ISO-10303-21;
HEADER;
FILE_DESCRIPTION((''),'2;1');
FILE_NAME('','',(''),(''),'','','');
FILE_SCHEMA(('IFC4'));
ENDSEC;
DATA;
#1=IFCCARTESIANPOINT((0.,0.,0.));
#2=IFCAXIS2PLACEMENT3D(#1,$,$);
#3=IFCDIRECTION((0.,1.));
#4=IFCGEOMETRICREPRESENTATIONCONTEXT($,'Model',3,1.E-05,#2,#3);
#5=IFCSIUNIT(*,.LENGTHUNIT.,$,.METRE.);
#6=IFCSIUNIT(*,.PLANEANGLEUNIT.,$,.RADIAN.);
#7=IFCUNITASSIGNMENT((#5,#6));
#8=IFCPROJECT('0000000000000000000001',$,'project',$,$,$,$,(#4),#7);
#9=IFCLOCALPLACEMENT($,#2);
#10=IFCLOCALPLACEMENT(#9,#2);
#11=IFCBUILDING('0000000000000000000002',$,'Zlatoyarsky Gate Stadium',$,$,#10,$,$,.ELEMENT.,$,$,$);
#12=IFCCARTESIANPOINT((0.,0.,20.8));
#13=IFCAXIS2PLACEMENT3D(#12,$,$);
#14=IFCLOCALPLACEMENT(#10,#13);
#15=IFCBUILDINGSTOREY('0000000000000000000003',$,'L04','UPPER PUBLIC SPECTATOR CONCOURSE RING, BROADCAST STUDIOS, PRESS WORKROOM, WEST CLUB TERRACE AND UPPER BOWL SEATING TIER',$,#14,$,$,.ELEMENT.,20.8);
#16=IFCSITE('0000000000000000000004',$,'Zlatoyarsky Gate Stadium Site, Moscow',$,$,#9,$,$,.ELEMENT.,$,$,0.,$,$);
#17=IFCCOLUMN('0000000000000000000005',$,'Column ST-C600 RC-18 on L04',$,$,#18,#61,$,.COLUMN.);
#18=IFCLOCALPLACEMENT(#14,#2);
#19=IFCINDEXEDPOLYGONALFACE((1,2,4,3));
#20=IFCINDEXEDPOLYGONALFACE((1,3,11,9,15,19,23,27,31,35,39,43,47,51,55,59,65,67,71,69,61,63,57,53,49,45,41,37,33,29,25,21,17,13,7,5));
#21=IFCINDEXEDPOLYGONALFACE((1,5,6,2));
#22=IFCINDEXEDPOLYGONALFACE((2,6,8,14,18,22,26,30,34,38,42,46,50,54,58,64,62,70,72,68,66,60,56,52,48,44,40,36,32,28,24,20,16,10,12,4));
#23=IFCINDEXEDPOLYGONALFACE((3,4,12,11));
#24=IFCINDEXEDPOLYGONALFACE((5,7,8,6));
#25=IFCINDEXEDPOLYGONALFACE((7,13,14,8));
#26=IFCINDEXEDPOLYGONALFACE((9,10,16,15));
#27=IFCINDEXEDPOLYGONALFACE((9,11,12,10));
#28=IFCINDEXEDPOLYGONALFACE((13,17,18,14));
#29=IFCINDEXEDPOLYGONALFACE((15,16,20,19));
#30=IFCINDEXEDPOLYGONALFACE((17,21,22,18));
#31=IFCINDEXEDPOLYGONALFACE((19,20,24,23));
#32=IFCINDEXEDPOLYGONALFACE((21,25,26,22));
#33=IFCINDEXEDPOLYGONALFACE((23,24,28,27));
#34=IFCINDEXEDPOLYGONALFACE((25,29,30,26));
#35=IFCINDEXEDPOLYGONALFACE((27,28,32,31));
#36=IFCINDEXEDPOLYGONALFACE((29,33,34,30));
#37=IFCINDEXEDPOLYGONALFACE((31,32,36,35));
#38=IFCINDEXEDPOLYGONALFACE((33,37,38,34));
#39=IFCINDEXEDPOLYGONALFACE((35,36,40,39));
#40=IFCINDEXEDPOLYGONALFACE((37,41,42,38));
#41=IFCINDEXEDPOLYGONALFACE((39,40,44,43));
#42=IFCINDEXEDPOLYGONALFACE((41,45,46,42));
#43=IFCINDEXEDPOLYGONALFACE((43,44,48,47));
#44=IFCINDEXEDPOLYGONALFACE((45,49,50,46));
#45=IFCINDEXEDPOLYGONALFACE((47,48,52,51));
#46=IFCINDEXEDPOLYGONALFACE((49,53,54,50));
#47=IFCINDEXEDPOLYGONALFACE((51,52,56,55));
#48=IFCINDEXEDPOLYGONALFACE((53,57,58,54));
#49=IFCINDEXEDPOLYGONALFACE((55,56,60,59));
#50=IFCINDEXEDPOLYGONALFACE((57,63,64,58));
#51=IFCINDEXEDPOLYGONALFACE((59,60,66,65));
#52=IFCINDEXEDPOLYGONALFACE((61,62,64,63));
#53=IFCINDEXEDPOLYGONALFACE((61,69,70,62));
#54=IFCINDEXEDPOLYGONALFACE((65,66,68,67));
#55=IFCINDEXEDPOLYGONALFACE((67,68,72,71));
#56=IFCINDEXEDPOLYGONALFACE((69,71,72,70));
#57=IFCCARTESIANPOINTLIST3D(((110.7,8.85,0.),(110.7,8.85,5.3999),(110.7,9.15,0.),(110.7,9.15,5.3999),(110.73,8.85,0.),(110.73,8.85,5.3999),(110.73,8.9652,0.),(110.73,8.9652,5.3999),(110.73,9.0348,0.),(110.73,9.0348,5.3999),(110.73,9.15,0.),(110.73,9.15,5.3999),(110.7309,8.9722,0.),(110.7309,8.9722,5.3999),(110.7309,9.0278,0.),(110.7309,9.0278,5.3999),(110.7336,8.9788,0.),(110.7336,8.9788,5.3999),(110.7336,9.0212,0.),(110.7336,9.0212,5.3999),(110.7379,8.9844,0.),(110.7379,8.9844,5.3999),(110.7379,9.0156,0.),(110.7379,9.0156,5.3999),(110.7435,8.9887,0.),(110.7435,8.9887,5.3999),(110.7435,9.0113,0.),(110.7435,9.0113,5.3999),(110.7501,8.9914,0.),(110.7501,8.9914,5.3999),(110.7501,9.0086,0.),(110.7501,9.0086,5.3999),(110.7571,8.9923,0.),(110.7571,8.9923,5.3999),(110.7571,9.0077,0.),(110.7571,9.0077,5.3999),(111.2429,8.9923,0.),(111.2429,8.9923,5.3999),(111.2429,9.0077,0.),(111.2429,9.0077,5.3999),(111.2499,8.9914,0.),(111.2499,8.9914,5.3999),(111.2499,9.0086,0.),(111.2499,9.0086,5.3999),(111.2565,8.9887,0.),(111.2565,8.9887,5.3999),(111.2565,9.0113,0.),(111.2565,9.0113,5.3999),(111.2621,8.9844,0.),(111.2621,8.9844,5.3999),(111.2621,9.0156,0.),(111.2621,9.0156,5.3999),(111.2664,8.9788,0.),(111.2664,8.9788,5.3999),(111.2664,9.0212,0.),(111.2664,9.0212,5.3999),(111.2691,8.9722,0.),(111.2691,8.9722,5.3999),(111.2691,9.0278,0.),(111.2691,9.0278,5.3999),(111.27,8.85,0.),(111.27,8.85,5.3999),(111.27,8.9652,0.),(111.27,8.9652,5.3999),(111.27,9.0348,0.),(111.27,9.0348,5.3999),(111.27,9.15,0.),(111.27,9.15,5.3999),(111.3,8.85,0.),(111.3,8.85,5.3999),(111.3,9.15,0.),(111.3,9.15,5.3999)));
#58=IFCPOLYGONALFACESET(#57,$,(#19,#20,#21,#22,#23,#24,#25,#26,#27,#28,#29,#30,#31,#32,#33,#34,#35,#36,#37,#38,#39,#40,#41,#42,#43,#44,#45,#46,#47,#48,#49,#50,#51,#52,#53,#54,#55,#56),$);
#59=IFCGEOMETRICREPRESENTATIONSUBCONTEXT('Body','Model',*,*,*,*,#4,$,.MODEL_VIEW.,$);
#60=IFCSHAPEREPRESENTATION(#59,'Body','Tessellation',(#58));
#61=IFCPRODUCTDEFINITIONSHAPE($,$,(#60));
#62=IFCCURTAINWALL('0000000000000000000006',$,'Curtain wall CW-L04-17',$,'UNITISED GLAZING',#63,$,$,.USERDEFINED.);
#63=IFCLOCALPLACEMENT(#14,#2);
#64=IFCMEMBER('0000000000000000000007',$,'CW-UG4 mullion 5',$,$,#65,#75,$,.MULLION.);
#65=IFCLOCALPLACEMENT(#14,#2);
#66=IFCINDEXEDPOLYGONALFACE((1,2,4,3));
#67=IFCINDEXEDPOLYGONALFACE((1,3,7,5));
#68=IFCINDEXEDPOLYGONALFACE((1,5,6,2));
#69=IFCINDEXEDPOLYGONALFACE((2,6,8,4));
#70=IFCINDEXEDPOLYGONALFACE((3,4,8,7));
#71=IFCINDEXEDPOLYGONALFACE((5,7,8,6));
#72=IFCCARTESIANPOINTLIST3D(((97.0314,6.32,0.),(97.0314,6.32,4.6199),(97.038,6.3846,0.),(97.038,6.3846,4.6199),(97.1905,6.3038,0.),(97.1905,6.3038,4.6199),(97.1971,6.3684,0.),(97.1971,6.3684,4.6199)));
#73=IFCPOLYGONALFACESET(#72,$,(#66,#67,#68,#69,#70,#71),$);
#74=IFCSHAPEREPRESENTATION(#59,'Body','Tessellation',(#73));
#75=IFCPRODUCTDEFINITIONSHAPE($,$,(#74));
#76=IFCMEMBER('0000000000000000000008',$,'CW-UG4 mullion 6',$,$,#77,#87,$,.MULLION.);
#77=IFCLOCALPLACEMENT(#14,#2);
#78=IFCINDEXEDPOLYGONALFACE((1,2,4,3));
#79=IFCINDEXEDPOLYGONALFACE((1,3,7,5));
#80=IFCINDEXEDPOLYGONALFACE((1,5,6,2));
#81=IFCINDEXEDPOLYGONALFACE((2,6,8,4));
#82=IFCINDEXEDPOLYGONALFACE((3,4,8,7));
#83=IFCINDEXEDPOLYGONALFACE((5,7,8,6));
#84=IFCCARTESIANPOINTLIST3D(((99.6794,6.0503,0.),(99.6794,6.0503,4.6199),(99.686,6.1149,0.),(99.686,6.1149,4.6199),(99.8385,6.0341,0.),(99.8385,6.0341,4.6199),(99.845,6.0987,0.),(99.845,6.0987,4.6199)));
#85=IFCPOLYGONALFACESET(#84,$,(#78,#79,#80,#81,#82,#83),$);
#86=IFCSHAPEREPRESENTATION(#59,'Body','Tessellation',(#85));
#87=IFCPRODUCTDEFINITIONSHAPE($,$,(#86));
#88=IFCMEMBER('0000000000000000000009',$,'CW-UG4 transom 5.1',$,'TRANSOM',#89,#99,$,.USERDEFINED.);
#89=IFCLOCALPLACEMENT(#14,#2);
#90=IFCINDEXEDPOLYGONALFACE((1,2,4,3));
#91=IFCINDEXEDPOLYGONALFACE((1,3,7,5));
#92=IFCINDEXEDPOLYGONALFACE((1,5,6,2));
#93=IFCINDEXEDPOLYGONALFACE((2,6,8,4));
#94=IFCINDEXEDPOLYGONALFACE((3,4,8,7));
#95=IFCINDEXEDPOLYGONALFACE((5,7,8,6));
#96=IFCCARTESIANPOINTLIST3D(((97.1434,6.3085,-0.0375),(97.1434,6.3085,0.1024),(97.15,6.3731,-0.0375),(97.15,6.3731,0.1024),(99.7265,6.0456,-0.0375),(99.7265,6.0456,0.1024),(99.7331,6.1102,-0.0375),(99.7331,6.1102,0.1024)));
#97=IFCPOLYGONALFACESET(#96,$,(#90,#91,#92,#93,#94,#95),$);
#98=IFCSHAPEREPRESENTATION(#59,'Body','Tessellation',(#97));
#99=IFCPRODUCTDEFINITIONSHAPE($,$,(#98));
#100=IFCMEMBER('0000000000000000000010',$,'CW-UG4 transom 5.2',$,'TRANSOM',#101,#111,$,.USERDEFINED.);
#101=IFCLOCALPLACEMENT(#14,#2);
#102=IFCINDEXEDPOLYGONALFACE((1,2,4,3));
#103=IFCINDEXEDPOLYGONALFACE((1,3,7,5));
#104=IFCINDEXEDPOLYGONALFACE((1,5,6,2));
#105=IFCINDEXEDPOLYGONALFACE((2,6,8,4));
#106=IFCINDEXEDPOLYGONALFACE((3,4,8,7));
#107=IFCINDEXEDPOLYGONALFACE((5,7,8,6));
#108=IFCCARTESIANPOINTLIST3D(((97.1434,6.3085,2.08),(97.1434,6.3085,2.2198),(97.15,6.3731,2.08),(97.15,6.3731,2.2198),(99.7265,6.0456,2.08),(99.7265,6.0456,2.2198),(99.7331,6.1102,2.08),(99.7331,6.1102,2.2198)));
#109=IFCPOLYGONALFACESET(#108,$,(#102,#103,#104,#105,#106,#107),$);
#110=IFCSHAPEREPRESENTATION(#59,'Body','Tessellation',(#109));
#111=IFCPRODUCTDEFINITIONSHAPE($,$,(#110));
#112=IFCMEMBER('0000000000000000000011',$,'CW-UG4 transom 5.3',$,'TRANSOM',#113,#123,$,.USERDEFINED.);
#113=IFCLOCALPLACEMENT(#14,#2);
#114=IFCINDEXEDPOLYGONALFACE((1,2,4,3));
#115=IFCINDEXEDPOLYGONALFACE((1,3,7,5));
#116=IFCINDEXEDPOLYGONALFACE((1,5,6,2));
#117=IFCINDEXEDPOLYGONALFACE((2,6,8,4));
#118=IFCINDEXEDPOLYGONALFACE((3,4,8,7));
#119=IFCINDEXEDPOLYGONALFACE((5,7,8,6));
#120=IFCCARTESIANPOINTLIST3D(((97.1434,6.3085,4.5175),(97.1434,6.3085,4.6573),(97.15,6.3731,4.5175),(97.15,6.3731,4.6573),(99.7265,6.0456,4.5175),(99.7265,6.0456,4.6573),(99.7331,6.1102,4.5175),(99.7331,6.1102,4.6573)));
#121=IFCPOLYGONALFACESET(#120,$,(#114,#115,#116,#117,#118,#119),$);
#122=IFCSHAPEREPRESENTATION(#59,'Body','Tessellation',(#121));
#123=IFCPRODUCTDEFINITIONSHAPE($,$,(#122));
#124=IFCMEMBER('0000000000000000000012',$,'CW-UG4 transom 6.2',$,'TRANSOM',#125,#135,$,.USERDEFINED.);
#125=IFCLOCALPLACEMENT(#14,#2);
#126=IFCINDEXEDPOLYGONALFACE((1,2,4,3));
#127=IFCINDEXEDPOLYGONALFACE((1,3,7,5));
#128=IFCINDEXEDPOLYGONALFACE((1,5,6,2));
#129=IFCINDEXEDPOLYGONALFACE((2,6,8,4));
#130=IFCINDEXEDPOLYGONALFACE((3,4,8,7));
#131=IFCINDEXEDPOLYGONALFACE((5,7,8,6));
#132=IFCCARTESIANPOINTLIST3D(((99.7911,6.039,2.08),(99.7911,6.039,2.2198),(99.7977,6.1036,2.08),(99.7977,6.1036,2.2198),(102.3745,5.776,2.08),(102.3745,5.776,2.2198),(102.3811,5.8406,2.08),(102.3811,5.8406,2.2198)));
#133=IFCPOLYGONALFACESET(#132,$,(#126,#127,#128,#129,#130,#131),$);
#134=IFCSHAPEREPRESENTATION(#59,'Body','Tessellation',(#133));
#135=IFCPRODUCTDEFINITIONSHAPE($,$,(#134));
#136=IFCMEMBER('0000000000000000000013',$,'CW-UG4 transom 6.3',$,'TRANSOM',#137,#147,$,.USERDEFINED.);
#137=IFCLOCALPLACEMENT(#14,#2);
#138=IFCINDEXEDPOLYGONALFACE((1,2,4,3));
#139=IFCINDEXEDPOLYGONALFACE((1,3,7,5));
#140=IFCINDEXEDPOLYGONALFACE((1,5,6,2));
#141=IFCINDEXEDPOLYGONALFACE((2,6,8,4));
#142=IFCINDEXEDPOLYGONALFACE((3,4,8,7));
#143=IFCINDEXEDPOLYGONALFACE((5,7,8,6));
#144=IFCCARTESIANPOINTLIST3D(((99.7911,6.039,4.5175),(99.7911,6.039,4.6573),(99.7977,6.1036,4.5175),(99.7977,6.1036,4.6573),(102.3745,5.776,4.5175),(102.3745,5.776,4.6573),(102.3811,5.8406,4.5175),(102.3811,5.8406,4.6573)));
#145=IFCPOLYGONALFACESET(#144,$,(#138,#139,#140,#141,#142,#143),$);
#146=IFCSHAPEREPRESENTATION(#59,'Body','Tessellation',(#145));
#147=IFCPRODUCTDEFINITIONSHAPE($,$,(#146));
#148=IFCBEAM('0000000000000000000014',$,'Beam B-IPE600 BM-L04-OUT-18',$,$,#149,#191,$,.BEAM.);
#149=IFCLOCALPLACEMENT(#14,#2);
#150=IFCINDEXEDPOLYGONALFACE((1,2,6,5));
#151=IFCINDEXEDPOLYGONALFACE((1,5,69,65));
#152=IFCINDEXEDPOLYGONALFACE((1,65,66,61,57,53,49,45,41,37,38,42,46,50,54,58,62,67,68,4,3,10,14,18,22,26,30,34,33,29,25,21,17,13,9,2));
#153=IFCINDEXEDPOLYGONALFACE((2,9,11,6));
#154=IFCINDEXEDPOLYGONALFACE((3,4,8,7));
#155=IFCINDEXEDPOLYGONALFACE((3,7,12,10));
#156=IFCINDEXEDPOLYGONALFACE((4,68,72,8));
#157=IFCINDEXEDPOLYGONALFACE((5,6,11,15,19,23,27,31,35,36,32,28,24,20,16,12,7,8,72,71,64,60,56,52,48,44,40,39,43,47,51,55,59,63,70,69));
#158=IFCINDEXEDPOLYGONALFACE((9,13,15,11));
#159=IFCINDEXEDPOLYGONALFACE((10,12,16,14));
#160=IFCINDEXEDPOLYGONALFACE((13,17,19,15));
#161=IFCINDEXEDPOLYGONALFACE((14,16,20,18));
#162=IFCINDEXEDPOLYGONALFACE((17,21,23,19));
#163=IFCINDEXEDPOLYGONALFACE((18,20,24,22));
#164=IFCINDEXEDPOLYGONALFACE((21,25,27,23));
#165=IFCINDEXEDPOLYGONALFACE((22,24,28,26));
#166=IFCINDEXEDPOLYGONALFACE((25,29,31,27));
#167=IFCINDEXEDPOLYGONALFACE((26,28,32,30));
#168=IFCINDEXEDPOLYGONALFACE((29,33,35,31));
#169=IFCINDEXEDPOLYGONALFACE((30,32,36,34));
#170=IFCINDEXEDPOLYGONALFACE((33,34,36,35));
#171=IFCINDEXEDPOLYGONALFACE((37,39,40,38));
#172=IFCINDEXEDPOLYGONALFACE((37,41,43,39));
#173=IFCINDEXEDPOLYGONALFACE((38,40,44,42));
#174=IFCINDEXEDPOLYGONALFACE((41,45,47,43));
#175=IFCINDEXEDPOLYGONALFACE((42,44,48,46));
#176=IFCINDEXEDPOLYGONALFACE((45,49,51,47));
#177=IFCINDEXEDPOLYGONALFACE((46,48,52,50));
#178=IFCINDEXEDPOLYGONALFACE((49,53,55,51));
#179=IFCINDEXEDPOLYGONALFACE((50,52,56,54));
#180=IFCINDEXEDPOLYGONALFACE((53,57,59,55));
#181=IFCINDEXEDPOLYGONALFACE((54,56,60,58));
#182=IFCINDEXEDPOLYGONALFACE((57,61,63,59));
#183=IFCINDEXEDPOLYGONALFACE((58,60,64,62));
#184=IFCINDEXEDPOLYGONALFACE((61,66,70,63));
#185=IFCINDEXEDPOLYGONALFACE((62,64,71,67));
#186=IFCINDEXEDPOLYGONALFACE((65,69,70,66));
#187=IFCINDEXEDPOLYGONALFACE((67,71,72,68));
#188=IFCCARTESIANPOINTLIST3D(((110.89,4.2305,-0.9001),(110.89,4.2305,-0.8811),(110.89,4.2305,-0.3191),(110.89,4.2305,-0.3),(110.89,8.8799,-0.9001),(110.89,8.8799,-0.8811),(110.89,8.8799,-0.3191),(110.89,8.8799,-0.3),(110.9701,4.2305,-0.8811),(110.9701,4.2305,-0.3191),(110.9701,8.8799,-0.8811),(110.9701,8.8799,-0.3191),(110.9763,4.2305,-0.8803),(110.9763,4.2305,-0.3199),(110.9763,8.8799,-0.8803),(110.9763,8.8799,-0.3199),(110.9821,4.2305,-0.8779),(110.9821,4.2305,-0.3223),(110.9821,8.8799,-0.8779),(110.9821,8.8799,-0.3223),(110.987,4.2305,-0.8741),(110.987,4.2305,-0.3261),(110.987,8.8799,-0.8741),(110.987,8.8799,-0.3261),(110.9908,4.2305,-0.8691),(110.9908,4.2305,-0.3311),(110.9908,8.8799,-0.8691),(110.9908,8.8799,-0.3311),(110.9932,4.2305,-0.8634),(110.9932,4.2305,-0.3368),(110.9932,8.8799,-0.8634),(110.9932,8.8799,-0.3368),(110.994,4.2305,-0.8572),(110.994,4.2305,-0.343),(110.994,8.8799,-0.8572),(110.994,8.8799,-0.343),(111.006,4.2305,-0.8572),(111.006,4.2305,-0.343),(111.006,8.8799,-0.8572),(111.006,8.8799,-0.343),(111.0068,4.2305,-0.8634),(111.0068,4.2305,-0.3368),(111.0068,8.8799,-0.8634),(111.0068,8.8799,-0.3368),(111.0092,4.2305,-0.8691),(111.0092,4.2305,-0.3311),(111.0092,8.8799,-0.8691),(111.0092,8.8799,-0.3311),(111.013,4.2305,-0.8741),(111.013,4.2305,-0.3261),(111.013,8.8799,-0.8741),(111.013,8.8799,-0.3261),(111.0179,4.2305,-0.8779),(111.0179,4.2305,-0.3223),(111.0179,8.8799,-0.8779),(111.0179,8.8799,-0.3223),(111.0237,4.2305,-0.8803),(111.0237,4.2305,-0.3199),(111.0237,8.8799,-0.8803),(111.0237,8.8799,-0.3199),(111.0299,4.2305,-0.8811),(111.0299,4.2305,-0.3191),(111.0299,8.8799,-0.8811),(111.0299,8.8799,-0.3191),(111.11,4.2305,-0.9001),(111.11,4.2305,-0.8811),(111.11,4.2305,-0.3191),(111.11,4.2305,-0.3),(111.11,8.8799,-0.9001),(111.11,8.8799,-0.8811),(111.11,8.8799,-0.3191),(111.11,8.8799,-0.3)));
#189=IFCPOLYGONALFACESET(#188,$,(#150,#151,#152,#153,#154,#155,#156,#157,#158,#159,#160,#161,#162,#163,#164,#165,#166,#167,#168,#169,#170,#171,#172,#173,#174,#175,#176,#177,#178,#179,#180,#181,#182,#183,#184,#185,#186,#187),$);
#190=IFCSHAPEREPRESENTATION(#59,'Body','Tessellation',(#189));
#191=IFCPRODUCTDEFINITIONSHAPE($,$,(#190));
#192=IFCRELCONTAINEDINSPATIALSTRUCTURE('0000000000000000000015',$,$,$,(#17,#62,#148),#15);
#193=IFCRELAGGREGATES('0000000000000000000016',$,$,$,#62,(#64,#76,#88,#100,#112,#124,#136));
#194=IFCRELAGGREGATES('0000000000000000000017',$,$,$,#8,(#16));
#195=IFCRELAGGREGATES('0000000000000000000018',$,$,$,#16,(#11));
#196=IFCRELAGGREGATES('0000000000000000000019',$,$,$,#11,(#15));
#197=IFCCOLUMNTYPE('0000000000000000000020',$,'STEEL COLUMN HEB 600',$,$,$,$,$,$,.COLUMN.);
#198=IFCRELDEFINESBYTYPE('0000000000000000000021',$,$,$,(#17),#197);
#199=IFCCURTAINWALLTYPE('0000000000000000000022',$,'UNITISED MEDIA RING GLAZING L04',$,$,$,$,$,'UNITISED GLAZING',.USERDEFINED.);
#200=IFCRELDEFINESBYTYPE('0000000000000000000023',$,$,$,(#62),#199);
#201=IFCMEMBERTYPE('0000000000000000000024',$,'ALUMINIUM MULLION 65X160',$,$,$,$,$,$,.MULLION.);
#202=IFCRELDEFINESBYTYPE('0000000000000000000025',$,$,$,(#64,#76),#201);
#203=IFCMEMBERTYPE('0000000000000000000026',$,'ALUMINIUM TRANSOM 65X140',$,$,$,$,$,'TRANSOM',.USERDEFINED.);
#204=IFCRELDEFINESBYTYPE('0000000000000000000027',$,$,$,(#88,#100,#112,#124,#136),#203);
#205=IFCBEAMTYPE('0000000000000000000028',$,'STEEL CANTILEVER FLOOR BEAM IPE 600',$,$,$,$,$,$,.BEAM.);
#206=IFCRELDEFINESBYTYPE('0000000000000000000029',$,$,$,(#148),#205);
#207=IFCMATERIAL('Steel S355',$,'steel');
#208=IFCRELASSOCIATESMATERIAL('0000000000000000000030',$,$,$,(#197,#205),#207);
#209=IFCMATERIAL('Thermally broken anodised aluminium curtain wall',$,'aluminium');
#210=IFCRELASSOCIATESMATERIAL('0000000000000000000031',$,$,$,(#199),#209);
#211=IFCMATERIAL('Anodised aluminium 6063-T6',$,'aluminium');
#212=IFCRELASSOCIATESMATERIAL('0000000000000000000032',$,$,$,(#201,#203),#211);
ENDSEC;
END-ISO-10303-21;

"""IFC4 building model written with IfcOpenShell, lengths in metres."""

from ifc_helpers import new_model, si_unit, direction, frame, origin, origin_2d, place, context, subcontext, project, spatial, rectangle, i_section, extrude, material, material_profile, profile_set, type_object, element, aggregate, save


model = new_model("IFC4")

# Units and contexts
model_context = context("Model", 3, precision=1e-05, world=origin(), true_north=direction((0.0, 1.0)))
body_context = subcontext(model_context, "Body", "Model", "MODEL_VIEW")
ifc_project = project(units=[si_unit("LENGTHUNIT", "METRE"), si_unit("PLANEANGLEUNIT", "RADIAN")], contexts=[model_context])

# Site, building, storey
site_placement = place(None, origin())
site = spatial("IfcSite", under=ifc_project, at=site_placement, Name="Zlatoyarsky Gate Stadium Site, Moscow", CompositionType="ELEMENT", RefElevation=0.0)
building_placement = place(site_placement, origin())
building = spatial("IfcBuilding", under=site, at=building_placement, Name="Zlatoyarsky Gate Stadium", CompositionType="ELEMENT")
storey_placement = place(building_placement, frame((0.0, 0.0, 20.8)))
storey = spatial("IfcBuildingStorey", under=building, at=storey_placement, Name="L04", Description="UPPER PUBLIC SPECTATOR CONCOURSE RING, BROADCAST STUDIOS, PRESS WORKROOM, WEST CLUB TERRACE AND UPPER BOWL SEATING TIER", CompositionType="ELEMENT", Elevation=20.8)

# Column
ifc_material_1 = material(Name="Steel S355", Category="steel")
ifc_material_profile_1 = material_profile(ifc_material_1, i_section(OverallWidth=0.3, OverallDepth=0.6001, WebThickness=0.0154, FlangeThickness=0.03, FilletRadius=0.0271, at=origin_2d()), Name="HEB 600")
ifc_profile_set_1 = profile_set([ifc_material_profile_1], Name="Steel S355")
column_type = type_object("IfcColumnType", Name="STEEL COLUMN HEB 600", PredefinedType="COLUMN", material=ifc_profile_set_1)
column_placement = place(storey_placement, frame((111.0, 9.0, 0.0), z_axis=(0.0, 0.0, 1.0), x_axis=(0.0, -1.0, 0.0)))
element("IfcColumn", 1, at=column_placement, inside=storey, type_object=column_type, Name="Column ST-C600 RC-18 on L04", PredefinedType="COLUMN", context=body_context, shape_type="SweptSolid", body=[
    extrude(i_section(OverallWidth=0.3, OverallDepth=0.6001, WebThickness=0.0154, FlangeThickness=0.03, FilletRadius=0.0271, at=origin_2d()), origin(), (0.0, 0.0, 1.0), 5.3999),
])

# Curtain wall, members
ifc_material_2 = material(Name="Thermally broken anodised aluminium curtain wall", Category="aluminium")
curtain_wall_type = type_object("IfcCurtainWallType", Name="UNITISED MEDIA RING GLAZING L04", ElementType="UNITISED GLAZING", PredefinedType="USERDEFINED", material=ifc_material_2)
curtain_wall_placement = place(storey_placement, origin())
curtain_wall = element("IfcCurtainWall", 2, at=curtain_wall_placement, inside=storey, type_object=curtain_wall_type, Name="Curtain wall CW-L04-17", ObjectType="UNITISED GLAZING", PredefinedType="USERDEFINED")
ifc_material_3 = material(Name="Anodised aluminium 6063-T6", Category="aluminium")
ifc_material_profile_2 = material_profile(ifc_material_3, rectangle(XDim=0.0649, YDim=0.1599, at=origin_2d()), Name="ALU 65X160")
ifc_profile_set_2 = profile_set([ifc_material_profile_2], Name="Anodised aluminium 6063-T6")
member_type_1 = type_object("IfcMemberType", Name="ALUMINIUM MULLION 65X160", PredefinedType="MULLION", material=ifc_profile_set_2)
member_1_placement = place(storey_placement, frame((97.1143, 6.3442, 0.0), z_axis=(0.0, 0.0, 1.0), x_axis=(0.101293, 0.994857, 0.0)))
member_1 = element("IfcMember", 3, at=member_1_placement, type_object=member_type_1, Name="CW-UG4 mullion 5", PredefinedType="MULLION", context=body_context, shape_type="SweptSolid", body=[
    extrude(rectangle(XDim=0.0649, YDim=0.1599, at=origin_2d()), origin(), (0.0, 0.0, 1.0), 4.6199),
])
member_2_placement = place(storey_placement, frame((99.7622, 6.0745, 0.0), z_axis=(0.0, 0.0, 1.0), x_axis=(0.101293, 0.994857, 0.0)))
member_2 = element("IfcMember", 4, at=member_2_placement, type_object=member_type_1, Name="CW-UG4 mullion 6", PredefinedType="MULLION", context=body_context, shape_type="SweptSolid", body=[
    extrude(rectangle(XDim=0.0649, YDim=0.1599, at=origin_2d()), origin(), (0.0, 0.0, 1.0), 4.6199),
])
ifc_material_profile_3 = material_profile(ifc_material_3, rectangle(XDim=0.0649, YDim=0.1399, at=origin_2d()), Name="ALU 65X140")
ifc_profile_set_3 = profile_set([ifc_material_profile_3], Name="Anodised aluminium 6063-T6")
member_type_2 = type_object("IfcMemberType", Name="ALUMINIUM TRANSOM 65X140", ElementType="TRANSOM", PredefinedType="USERDEFINED", material=ifc_profile_set_3)
member_3_placement = place(storey_placement, frame((97.1467, 6.3408, 0.0325), z_axis=(0.994859, -0.101272, 0.0), x_axis=(0.101272, 0.994859, 0.0)))
member_3 = element("IfcMember", 5, at=member_3_placement, type_object=member_type_2, Name="CW-UG4 transom 5.1", ObjectType="TRANSOM", PredefinedType="USERDEFINED", context=body_context, shape_type="SweptSolid", body=[
    extrude(rectangle(XDim=0.0649, YDim=0.1399, at=origin_2d()), origin(), (0.0, 0.0, 1.0), 2.5964),
])
member_4_placement = place(storey_placement, frame((97.1467, 6.3408, 2.1499), z_axis=(0.994859, -0.101272, 0.0), x_axis=(0.101272, 0.994859, 0.0)))
member_4 = element("IfcMember", 6, at=member_4_placement, type_object=member_type_2, Name="CW-UG4 transom 5.2", ObjectType="TRANSOM", PredefinedType="USERDEFINED", context=body_context, shape_type="SweptSolid", body=[
    extrude(rectangle(XDim=0.0649, YDim=0.1399, at=origin_2d()), origin(), (0.0, 0.0, 1.0), 2.5964),
])
member_5_placement = place(storey_placement, frame((97.1467, 6.3408, 4.5874), z_axis=(0.994859, -0.101272, 0.0), x_axis=(0.101272, 0.994859, 0.0)))
member_5 = element("IfcMember", 7, at=member_5_placement, type_object=member_type_2, Name="CW-UG4 transom 5.3", ObjectType="TRANSOM", PredefinedType="USERDEFINED", context=body_context, shape_type="SweptSolid", body=[
    extrude(rectangle(XDim=0.0649, YDim=0.1399, at=origin_2d()), origin(), (0.0, 0.0, 1.0), 2.5964),
])
member_6_placement = place(storey_placement, frame((99.7944, 6.0713, 2.1499), z_axis=(0.99486, -0.101263, 0.0), x_axis=(0.101263, 0.99486, 0.0)))
member_6 = element("IfcMember", 8, at=member_6_placement, type_object=member_type_2, Name="CW-UG4 transom 6.2", ObjectType="TRANSOM", PredefinedType="USERDEFINED", context=body_context, shape_type="SweptSolid", body=[
    extrude(rectangle(XDim=0.0649, YDim=0.1399, at=origin_2d()), origin(), (0.0, 0.0, 1.0), 2.5967),
])
member_7_placement = place(storey_placement, frame((99.7944, 6.0713, 4.5874), z_axis=(0.99486, -0.101263, 0.0), x_axis=(0.101263, 0.99486, 0.0)))
member_7 = element("IfcMember", 9, at=member_7_placement, type_object=member_type_2, Name="CW-UG4 transom 6.3", ObjectType="TRANSOM", PredefinedType="USERDEFINED", context=body_context, shape_type="SweptSolid", body=[
    extrude(rectangle(XDim=0.0649, YDim=0.1399, at=origin_2d()), origin(), (0.0, 0.0, 1.0), 2.5967),
])

# Beam
ifc_material_profile_4 = material_profile(ifc_material_1, i_section(OverallWidth=0.22, OverallDepth=0.6001, WebThickness=0.012, FlangeThickness=0.019, FilletRadius=0.0239, at=origin_2d()), Name="IPE 600")
ifc_profile_set_4 = profile_set([ifc_material_profile_4], Name="Steel S355")
beam_type_1 = type_object("IfcBeamType", Name="STEEL CANTILEVER FLOOR BEAM IPE 600", PredefinedType="BEAM", material=ifc_profile_set_4)
beam_1_placement = place(storey_placement, frame((111.0, 8.8799, -0.6001), z_axis=(0.0, -1.0, 0.0), x_axis=(1.0, 0.0, 0.0)))
element("IfcBeam", 10, at=beam_1_placement, inside=storey, type_object=beam_type_1, Name="Beam B-IPE600 BM-L04-OUT-18", PredefinedType="BEAM", context=body_context, shape_type="SweptSolid", body=[
    extrude(i_section(OverallWidth=0.22, OverallDepth=0.6001, WebThickness=0.012, FlangeThickness=0.019, FilletRadius=0.0239, at=origin_2d()), origin(), (0.0, 0.0, 1.0), 4.6494),
])

aggregate(curtain_wall, [member_1, member_2, member_3, member_4, member_5, member_6, member_7])

save(model, "model.ifc")
